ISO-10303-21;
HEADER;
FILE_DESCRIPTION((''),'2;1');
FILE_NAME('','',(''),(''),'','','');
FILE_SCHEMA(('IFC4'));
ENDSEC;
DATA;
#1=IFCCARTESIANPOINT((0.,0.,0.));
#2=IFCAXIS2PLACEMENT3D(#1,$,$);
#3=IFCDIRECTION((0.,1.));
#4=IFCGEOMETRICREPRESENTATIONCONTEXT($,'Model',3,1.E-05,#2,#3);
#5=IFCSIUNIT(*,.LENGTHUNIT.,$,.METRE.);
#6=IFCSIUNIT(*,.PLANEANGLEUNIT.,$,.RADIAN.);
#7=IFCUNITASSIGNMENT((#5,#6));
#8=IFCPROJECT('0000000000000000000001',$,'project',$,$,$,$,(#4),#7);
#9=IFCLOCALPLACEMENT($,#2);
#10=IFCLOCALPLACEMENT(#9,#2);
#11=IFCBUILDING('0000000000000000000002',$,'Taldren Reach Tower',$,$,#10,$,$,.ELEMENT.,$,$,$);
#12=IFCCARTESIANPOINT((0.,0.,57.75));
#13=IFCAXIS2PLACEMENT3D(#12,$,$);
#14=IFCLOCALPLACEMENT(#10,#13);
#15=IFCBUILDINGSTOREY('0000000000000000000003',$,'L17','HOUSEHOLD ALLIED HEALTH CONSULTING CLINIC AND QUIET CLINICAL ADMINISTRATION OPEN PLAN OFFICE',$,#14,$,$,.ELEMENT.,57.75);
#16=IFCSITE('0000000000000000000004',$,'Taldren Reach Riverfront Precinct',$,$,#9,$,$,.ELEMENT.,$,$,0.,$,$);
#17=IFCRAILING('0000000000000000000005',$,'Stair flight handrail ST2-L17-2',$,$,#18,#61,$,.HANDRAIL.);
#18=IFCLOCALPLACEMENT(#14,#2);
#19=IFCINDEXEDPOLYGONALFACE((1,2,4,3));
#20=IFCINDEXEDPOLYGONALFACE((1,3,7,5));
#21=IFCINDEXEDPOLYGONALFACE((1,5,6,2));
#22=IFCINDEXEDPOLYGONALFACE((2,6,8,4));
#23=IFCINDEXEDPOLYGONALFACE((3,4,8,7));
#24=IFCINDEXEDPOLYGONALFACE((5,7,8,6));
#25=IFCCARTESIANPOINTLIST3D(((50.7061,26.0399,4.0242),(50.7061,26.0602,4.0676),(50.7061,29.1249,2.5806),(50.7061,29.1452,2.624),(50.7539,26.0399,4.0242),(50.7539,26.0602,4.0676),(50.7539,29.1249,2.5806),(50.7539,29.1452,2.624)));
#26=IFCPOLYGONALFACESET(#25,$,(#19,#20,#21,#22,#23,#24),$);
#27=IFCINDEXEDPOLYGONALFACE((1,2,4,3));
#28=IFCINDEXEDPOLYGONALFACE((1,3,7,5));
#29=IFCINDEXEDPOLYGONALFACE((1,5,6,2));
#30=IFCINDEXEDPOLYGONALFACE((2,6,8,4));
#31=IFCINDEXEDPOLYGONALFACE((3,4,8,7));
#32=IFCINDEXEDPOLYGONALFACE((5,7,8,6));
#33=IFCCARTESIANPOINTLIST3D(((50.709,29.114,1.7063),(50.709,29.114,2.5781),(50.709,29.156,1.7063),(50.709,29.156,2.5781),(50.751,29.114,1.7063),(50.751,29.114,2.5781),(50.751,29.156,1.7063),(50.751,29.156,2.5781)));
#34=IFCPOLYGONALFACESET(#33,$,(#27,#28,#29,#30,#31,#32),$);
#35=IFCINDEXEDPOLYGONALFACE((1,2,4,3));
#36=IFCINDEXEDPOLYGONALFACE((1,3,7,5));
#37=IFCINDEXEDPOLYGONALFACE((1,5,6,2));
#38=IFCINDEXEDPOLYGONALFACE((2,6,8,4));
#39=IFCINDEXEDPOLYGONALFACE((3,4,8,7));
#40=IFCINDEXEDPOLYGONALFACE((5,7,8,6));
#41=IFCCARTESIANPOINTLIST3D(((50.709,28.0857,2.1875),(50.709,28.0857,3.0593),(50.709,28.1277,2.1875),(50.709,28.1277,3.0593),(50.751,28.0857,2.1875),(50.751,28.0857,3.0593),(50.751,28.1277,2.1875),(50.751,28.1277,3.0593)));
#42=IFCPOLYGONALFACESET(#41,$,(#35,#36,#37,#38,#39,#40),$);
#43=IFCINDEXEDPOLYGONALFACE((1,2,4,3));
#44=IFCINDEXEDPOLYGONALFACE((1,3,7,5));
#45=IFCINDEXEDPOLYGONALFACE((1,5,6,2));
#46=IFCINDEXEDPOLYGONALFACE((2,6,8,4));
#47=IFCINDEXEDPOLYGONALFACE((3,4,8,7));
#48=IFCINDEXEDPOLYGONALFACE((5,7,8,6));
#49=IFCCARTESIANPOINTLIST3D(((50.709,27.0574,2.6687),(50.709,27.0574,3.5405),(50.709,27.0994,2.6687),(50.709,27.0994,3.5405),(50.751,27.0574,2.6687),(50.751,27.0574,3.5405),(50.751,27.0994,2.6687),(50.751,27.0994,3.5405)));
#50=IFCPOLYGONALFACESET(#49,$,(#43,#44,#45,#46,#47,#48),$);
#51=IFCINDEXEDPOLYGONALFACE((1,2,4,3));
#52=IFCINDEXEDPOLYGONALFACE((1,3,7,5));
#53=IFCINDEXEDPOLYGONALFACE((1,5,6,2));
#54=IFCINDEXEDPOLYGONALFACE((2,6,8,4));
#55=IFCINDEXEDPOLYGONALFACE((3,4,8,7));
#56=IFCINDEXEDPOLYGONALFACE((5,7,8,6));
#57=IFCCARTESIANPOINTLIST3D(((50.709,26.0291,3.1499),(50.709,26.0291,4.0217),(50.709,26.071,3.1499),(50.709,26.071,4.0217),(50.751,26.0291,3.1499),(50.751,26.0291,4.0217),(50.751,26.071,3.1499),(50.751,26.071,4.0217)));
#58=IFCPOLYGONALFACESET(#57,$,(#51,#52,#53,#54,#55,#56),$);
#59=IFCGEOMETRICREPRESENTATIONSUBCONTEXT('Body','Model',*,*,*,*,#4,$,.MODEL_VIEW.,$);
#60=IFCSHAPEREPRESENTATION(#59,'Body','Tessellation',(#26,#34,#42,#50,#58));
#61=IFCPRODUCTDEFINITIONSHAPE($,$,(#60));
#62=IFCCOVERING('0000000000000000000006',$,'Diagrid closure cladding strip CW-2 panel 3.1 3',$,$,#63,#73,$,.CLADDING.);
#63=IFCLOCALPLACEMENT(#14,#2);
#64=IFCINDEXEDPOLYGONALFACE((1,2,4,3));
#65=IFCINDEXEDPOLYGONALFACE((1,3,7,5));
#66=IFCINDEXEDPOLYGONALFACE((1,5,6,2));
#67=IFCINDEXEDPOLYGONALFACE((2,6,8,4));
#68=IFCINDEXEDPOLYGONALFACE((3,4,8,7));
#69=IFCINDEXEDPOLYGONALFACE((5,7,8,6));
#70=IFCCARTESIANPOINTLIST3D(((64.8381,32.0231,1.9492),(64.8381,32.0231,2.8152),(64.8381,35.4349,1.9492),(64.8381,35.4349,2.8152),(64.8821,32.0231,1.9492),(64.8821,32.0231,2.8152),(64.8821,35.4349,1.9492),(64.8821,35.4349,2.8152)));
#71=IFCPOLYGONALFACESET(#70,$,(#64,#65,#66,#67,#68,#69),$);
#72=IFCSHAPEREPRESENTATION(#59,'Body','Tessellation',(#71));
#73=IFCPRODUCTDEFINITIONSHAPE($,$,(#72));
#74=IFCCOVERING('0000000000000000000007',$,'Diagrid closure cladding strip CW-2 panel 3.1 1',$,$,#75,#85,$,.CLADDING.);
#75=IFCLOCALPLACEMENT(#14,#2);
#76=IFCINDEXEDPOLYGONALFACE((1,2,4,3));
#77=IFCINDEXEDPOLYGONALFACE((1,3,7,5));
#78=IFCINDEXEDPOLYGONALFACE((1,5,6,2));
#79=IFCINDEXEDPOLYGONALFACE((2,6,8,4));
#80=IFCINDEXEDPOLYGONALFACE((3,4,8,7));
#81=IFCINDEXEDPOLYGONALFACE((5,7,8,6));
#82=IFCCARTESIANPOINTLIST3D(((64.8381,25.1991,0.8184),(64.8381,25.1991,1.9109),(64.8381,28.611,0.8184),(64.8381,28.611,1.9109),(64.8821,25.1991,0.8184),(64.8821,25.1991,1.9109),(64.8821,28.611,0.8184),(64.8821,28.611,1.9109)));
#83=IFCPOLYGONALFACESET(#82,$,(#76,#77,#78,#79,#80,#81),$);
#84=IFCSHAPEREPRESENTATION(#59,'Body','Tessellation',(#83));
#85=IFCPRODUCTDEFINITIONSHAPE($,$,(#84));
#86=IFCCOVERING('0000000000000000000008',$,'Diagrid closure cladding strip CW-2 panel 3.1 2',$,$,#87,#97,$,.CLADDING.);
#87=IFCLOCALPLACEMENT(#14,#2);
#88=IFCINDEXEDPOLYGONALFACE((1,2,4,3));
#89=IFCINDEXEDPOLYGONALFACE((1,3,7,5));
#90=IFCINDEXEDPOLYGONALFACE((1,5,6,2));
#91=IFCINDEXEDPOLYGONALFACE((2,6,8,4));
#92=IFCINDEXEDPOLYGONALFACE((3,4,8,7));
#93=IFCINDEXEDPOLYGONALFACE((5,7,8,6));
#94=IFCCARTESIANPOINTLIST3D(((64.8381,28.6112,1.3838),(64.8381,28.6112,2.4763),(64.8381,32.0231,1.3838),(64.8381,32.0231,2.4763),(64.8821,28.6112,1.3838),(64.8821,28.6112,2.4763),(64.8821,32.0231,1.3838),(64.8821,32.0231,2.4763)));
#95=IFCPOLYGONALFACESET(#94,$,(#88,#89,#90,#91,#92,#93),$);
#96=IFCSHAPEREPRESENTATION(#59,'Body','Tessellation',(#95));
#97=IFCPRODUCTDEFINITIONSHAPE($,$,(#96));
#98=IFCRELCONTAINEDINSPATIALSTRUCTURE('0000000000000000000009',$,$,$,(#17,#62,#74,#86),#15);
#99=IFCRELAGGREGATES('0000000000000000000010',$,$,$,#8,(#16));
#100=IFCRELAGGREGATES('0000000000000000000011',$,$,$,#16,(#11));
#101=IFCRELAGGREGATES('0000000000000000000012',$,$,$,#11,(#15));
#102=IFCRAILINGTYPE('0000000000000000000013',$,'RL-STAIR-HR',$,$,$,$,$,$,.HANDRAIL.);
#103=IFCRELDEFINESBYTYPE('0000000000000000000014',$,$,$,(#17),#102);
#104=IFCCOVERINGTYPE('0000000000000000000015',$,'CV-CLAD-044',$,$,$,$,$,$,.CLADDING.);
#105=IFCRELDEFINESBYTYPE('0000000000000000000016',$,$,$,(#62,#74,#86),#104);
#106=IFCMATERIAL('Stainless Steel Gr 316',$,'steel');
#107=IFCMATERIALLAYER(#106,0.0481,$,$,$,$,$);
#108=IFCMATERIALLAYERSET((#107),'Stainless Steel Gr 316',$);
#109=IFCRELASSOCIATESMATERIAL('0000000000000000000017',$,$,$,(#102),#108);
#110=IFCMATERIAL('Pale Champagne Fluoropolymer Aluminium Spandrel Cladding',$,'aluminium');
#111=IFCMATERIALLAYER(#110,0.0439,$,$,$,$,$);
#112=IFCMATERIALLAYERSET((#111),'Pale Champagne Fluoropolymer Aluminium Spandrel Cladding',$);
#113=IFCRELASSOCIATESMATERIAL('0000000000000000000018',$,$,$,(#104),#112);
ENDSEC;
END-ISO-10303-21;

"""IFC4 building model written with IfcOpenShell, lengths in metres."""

from ifc_helpers import new_model, si_unit, direction, frame, origin, origin_2d, place, context, subcontext, project, spatial, rectangle, extrude, source, transform, mapped, material, layer, layer_set, type_object, element, save


model = new_model("IFC4")

# Units and contexts
model_context = context("Model", 3, precision=1e-05, world=origin(), true_north=direction((0.0, 1.0)))
body_context = subcontext(model_context, "Body", "Model", "MODEL_VIEW")
ifc_project = project(units=[si_unit("LENGTHUNIT", "METRE"), si_unit("PLANEANGLEUNIT", "RADIAN")], contexts=[model_context])

# Site, building, storey
site_placement = place(None, origin())
site = spatial("IfcSite", under=ifc_project, at=site_placement, Name="Taldren Reach Riverfront Precinct", CompositionType="ELEMENT", RefElevation=0.0)
building_placement = place(site_placement, origin())
building = spatial("IfcBuilding", under=site, at=building_placement, Name="Taldren Reach Tower", CompositionType="ELEMENT")
storey_placement = place(building_placement, frame((0.0, 0.0, 57.75)))
storey = spatial("IfcBuildingStorey", under=building, at=storey_placement, Name="L17", Description="HOUSEHOLD ALLIED HEALTH CONSULTING CLINIC AND QUIET CLINICAL ADMINISTRATION OPEN PLAN OFFICE", CompositionType="ELEMENT", Elevation=57.75)

# Railing
ifc_material_1 = material(Name="Stainless Steel Gr 316", Category="steel")
ifc_layer_1 = layer(ifc_material_1, 0.0481)
ifc_layer_set_1 = layer_set([ifc_layer_1], Name="Stainless Steel Gr 316")
railing_type = type_object("IfcRailingType", Name="RL-STAIR-HR", PredefinedType="HANDRAIL", material=ifc_layer_set_1)
railing_placement = place(storey_placement, frame((50.73, 29.135, 1.7063)))
element("IfcRailing", 1, at=railing_placement, inside=storey, type_object=railing_type, Name="Stair flight handrail ST2-L17-2", PredefinedType="HANDRAIL", context=body_context, shape_type="SweptSolid", body=[
    extrude(rectangle(XDim=0.0479, YDim=0.0479, at=origin_2d()), frame((0.0, 0.0, 0.896), z_axis=(0.0, -0.905738, 0.423839), x_axis=(1.0, 0.0, 0.0)), (0.0, 0.0, 1.0), 3.406),
    extrude(rectangle(XDim=0.042, YDim=0.042, at=origin_2d()), origin(), (0.0, 0.0, 1.0), 0.8718),
    extrude(rectangle(XDim=0.042, YDim=0.042, at=origin_2d()), frame((0.0, -1.0283, 0.4812)), (0.0, 0.0, 1.0), 0.8718),
    extrude(rectangle(XDim=0.042, YDim=0.042, at=origin_2d()), frame((0.0, -2.0566, 0.9624)), (0.0, 0.0, 1.0), 0.8718),
    extrude(rectangle(XDim=0.042, YDim=0.042, at=origin_2d()), frame((0.0, -3.085, 1.4436)), (0.0, 0.0, 1.0), 0.8718),
])

# Coverings
ifc_material_2 = material(Name="Pale Champagne Fluoropolymer Aluminium Spandrel Cladding", Category="aluminium")
ifc_layer_2 = layer(ifc_material_2, 0.0439)
ifc_layer_set_2 = layer_set([ifc_layer_2], Name="Pale Champagne Fluoropolymer Aluminium Spandrel Cladding")
covering_type = type_object("IfcCoveringType", Name="CV-CLAD-044", PredefinedType="CLADDING", material=ifc_layer_set_2)
shared_shape_1 = source(origin(), body_context, "Body", "SweptSolid", [
    extrude(rectangle(XDim=3.4119, YDim=0.0439, at=origin_2d()), origin(), (0.0, 0.0, 1.0), 0.866),
])
covering_placement = place(storey_placement, frame((64.8601, 33.729, 1.9492), z_axis=(0.0, 0.0, 1.0), x_axis=(0.0, 1.0, 0.0)))
element("IfcCovering", 2, at=covering_placement, inside=storey, type_object=covering_type, Name="Diagrid closure cladding strip CW-2 panel 3.1 3", PredefinedType="CLADDING", context=body_context, shape_type="MappedRepresentation", body=[
    mapped(shared_shape_1, transform((0.0, 0.0, 0.0), scale=1.0)),
])
shared_shape_2 = source(origin(), body_context, "Body", "SweptSolid", [
    extrude(rectangle(XDim=3.4119, YDim=0.0439, at=origin_2d()), origin(), (0.0, 0.0, 1.0), 1.0925),
])
for number, where, z_axis, x_axis, name in (
    (3, (64.8601, 26.905, 0.8184), (0.0, 0.0, 1.0), (0.0, 1.0, 0.0), "Diagrid closure cladding strip CW-2 panel 3.1 1"),
    (4, (64.8601, 30.3171, 1.3838), (0.0, 0.0, 1.0), (0.0, 1.0, 0.0), "Diagrid closure cladding strip CW-2 panel 3.1 2"),
):
    element("IfcCovering", number, at=place(storey_placement, frame(where, z_axis=z_axis, x_axis=x_axis)), inside=storey, type_object=covering_type, Name=name, PredefinedType="CLADDING", context=body_context, shape_type="MappedRepresentation", body=[
        mapped(shared_shape_2, transform((0.0, 0.0, 0.0), scale=1.0)),
    ])

save(model, "model.ifc")
